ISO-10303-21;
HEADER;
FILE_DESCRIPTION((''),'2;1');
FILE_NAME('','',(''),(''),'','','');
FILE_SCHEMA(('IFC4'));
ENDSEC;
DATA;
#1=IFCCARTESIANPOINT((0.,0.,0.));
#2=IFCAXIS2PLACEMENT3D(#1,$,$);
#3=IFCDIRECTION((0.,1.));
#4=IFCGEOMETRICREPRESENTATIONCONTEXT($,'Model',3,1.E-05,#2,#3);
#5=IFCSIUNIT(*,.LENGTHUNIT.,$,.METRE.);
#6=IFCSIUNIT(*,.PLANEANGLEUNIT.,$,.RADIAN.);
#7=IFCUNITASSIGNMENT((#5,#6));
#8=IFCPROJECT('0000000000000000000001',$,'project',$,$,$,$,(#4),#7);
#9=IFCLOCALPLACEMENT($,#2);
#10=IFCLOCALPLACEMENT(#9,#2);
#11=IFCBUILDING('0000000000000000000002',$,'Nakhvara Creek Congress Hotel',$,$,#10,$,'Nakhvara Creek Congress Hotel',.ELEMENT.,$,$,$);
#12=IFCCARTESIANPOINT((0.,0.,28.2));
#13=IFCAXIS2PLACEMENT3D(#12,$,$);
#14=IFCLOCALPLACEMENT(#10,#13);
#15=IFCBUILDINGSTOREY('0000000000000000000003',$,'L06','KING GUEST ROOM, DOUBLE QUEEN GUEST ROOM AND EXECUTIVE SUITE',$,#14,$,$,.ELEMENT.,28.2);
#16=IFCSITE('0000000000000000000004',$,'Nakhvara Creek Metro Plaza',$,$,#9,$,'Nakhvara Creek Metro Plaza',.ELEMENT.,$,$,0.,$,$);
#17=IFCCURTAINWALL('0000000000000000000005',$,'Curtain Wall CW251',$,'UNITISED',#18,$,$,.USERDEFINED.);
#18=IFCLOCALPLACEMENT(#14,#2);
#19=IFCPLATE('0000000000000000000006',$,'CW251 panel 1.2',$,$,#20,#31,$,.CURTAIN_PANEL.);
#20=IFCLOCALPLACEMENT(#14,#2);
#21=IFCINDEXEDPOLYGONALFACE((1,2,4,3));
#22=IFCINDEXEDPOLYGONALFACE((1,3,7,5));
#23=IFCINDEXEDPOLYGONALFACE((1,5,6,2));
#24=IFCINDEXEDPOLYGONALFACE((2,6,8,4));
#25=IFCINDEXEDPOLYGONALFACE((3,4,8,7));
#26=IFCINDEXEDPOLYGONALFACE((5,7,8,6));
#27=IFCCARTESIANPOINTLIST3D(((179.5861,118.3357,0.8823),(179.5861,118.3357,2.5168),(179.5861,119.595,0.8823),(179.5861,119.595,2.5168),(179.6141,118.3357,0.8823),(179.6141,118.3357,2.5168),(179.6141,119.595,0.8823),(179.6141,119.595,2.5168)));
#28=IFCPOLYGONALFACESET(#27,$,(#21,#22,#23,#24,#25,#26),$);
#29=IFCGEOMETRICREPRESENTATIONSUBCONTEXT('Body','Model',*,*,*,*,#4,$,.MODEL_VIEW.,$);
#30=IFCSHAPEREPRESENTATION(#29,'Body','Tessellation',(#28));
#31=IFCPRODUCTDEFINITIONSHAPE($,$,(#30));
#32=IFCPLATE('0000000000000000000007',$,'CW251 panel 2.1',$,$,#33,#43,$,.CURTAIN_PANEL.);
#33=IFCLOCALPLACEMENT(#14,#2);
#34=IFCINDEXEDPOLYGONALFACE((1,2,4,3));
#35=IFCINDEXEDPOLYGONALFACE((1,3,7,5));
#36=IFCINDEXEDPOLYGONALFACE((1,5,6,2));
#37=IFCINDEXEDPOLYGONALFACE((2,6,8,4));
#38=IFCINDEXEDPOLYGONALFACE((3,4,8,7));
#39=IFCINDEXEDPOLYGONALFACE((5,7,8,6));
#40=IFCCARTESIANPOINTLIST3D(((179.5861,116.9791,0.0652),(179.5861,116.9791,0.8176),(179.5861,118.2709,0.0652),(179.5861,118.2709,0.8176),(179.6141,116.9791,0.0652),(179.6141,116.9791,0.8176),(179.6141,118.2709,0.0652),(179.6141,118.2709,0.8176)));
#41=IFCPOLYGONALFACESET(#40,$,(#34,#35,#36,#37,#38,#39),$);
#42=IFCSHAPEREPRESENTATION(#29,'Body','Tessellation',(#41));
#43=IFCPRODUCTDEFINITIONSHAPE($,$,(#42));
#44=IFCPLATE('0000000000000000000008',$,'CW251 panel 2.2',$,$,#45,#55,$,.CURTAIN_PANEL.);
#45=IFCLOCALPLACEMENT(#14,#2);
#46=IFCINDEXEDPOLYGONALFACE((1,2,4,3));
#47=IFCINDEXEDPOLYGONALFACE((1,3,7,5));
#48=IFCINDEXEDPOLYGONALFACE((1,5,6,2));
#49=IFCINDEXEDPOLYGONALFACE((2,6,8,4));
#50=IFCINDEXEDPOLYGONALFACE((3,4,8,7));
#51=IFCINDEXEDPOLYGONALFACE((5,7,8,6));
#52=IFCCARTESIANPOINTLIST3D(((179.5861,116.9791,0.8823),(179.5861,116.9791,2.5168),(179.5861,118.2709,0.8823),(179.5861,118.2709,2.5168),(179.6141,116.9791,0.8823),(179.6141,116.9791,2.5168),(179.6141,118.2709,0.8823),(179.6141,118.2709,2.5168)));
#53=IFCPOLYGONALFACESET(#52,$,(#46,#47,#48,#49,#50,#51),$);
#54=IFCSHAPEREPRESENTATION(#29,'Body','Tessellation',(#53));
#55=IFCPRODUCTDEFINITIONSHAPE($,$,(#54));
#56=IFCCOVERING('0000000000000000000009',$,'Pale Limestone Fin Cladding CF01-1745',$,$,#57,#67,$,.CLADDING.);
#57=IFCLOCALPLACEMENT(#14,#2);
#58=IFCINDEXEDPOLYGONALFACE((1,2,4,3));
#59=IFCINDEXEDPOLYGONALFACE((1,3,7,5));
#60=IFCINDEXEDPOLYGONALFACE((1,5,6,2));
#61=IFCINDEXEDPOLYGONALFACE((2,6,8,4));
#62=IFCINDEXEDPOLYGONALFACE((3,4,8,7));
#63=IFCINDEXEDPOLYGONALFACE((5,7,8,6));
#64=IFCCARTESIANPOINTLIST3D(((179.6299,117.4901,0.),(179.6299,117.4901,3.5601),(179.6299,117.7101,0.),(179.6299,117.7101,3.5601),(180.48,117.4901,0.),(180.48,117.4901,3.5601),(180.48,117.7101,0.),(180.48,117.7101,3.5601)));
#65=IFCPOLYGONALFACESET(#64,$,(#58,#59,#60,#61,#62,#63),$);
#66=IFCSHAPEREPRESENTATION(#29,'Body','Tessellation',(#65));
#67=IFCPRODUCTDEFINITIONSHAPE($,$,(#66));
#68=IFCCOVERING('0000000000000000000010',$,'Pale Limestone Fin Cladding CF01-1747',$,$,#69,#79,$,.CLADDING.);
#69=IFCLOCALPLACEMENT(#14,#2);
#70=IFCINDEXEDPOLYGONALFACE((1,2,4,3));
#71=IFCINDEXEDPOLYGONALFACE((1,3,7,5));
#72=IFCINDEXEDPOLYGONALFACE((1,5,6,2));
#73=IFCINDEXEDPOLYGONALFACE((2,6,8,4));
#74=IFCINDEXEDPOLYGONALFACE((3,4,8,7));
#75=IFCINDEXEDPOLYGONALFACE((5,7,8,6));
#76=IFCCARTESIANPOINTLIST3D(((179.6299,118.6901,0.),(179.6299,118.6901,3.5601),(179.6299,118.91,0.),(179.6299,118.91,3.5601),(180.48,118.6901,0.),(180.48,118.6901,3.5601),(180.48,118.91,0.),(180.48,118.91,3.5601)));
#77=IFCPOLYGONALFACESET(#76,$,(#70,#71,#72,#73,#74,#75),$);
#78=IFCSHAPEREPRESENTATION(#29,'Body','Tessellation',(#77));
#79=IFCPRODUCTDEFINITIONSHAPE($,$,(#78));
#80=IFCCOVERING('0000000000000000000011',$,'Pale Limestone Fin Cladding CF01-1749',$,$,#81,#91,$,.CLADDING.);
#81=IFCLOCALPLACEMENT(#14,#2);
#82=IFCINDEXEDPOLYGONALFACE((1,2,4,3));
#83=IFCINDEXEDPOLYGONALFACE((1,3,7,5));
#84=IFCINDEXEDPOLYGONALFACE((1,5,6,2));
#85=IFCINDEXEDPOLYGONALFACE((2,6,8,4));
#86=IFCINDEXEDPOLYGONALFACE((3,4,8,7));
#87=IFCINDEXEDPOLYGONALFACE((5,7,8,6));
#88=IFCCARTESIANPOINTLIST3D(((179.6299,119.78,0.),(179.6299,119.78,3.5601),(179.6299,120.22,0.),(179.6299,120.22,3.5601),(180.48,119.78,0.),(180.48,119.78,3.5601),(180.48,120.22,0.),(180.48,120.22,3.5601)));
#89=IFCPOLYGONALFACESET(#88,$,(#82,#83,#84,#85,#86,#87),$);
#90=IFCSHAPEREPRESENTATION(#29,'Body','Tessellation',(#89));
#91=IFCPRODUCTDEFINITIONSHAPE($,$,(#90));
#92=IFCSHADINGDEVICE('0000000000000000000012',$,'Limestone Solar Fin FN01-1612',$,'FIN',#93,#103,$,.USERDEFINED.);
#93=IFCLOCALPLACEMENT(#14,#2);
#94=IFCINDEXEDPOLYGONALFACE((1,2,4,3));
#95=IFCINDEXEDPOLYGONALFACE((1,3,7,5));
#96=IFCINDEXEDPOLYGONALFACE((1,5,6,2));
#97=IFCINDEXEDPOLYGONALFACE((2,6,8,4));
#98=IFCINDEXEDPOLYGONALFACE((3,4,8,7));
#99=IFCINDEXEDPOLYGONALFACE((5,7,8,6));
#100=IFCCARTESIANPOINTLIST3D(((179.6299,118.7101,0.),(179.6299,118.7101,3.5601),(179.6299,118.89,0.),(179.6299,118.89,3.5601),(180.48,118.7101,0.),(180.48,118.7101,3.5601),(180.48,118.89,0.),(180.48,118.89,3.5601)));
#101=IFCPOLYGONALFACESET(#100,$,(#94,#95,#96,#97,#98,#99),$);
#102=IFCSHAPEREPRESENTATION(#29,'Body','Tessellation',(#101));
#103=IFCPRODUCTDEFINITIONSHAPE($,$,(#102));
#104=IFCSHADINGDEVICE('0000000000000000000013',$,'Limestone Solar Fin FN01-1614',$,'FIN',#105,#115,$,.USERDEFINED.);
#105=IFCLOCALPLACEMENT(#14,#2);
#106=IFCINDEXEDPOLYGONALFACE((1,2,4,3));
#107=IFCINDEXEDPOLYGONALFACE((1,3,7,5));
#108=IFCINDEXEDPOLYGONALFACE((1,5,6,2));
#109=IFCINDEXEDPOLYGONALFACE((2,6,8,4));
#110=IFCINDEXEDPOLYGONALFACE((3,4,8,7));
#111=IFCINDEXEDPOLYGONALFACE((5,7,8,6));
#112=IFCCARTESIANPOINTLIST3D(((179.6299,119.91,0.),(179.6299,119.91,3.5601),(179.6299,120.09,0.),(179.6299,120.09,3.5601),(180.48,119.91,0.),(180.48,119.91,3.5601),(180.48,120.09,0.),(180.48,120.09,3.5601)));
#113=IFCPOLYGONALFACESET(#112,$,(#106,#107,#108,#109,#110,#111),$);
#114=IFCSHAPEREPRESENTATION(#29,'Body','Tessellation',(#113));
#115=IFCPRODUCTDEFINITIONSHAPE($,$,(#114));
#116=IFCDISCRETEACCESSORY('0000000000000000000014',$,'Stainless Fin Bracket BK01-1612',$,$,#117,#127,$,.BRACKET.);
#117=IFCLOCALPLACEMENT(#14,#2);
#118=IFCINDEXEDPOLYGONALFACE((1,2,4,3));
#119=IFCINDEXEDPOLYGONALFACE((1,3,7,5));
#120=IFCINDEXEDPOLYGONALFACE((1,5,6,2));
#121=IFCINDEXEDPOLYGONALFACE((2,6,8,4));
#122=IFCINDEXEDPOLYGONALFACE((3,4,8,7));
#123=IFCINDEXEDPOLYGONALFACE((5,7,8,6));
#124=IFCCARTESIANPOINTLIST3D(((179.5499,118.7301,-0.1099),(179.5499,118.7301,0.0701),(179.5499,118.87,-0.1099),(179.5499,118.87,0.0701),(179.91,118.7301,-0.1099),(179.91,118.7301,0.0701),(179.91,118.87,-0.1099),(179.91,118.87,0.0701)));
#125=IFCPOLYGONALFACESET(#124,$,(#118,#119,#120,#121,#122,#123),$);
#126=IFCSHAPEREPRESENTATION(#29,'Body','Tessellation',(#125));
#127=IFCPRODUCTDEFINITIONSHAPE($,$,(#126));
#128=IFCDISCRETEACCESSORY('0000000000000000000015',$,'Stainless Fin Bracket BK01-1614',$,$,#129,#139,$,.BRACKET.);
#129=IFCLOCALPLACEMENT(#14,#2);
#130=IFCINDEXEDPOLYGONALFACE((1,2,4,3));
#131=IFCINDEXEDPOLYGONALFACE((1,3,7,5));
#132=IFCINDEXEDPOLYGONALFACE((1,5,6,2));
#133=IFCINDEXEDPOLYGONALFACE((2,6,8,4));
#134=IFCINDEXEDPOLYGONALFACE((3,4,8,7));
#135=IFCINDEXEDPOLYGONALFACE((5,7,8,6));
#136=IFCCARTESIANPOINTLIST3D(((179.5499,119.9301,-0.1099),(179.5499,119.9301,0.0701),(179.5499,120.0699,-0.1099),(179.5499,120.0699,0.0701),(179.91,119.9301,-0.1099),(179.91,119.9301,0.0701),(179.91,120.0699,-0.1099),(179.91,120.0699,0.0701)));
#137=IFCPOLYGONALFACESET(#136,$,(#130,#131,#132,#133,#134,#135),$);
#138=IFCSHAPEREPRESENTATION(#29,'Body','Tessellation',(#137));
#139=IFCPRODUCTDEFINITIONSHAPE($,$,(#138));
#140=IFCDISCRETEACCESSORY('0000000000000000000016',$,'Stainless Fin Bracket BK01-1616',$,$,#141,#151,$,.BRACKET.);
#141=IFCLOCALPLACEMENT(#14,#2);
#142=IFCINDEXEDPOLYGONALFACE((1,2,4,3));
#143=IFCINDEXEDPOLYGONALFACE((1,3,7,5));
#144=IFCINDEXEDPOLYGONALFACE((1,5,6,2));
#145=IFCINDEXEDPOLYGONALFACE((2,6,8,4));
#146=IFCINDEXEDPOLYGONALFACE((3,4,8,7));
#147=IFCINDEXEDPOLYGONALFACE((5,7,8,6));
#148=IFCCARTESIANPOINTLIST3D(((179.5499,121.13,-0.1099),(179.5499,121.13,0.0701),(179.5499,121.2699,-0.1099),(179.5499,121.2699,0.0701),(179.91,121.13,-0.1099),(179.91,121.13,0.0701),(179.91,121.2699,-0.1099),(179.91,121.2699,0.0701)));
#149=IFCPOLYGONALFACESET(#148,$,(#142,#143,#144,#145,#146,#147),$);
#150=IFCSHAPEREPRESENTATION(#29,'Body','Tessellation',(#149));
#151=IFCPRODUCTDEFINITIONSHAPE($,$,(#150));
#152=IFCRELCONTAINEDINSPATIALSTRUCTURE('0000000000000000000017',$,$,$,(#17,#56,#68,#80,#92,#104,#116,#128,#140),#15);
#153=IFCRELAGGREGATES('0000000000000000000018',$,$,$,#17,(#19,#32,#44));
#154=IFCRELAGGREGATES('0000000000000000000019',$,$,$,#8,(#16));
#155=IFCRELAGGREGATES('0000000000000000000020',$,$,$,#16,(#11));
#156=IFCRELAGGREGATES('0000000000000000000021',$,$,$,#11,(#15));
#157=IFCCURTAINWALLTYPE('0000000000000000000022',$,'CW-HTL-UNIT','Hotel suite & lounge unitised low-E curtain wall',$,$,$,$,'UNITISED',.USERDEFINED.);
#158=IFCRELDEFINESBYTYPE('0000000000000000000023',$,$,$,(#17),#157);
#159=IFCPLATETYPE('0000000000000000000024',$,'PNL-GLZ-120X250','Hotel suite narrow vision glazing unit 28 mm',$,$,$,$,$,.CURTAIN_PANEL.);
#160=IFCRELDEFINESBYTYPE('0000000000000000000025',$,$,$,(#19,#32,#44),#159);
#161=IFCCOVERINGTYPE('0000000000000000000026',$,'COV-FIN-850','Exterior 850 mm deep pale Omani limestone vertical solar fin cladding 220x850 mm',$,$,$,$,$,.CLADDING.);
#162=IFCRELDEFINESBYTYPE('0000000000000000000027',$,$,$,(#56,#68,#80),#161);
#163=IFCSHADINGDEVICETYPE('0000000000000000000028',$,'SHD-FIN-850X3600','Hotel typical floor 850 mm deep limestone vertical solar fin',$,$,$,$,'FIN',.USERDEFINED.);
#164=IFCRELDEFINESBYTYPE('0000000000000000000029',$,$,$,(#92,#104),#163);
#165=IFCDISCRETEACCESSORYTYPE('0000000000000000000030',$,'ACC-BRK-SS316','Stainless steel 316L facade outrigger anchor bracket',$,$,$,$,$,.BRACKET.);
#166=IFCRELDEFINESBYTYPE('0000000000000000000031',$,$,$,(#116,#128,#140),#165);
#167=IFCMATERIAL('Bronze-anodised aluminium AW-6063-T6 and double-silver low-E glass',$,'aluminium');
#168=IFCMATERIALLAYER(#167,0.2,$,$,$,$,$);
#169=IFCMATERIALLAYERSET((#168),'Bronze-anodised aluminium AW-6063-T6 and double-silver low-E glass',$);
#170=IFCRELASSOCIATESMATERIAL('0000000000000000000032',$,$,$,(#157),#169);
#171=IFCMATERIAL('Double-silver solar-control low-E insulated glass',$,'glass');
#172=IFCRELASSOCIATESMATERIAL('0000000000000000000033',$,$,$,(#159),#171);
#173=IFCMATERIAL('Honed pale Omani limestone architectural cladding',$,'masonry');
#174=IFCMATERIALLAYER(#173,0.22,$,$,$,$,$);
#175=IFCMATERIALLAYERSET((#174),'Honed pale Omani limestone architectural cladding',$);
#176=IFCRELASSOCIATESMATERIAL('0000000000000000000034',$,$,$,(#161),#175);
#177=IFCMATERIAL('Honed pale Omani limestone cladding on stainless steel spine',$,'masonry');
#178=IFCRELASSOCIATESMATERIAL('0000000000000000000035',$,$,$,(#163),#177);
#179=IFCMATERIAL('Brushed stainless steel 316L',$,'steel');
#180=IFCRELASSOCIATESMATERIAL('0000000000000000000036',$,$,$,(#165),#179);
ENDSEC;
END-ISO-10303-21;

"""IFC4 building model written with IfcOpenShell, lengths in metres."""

from ifc_helpers import new_model, si_unit, direction, frame, origin, origin_2d, place, context, subcontext, project, spatial, rectangle, extrude, material, layer, layer_set, type_object, element, aggregate, save


model = new_model("IFC4")

# Units and contexts
model_context = context("Model", 3, precision=1e-05, world=origin(), true_north=direction((0.0, 1.0)))
body_context = subcontext(model_context, "Body", "Model", "MODEL_VIEW")
ifc_project = project(units=[si_unit("LENGTHUNIT", "METRE"), si_unit("PLANEANGLEUNIT", "RADIAN")], contexts=[model_context])

# Site, building, storey
site_placement = place(None, origin())
site = spatial("IfcSite", under=ifc_project, at=site_placement, Name="Nakhvara Creek Metro Plaza", LongName="Nakhvara Creek Metro Plaza", CompositionType="ELEMENT", RefElevation=0.0)
building_placement = place(site_placement, origin())
building = spatial("IfcBuilding", under=site, at=building_placement, Name="Nakhvara Creek Congress Hotel", LongName="Nakhvara Creek Congress Hotel", CompositionType="ELEMENT")
storey_placement = place(building_placement, frame((0.0, 0.0, 28.2)))
storey = spatial("IfcBuildingStorey", under=building, at=storey_placement, Name="L06", Description="KING GUEST ROOM, DOUBLE QUEEN GUEST ROOM AND EXECUTIVE SUITE", CompositionType="ELEMENT", Elevation=28.2)

# Curtain wall, plates
ifc_material_1 = material(Name="Bronze-anodised aluminium AW-6063-T6 and double-silver low-E glass", Category="aluminium")
ifc_layer_1 = layer(ifc_material_1, 0.2)
ifc_layer_set_1 = layer_set([ifc_layer_1], Name="Bronze-anodised aluminium AW-6063-T6 and double-silver low-E glass")
curtain_wall_type = type_object("IfcCurtainWallType", Name="CW-HTL-UNIT", Description="Hotel suite & lounge unitised low-E curtain wall", ElementType="UNITISED", PredefinedType="USERDEFINED", material=ifc_layer_set_1)
curtain_wall_placement = place(storey_placement, origin())
curtain_wall = element("IfcCurtainWall", 1, at=curtain_wall_placement, inside=storey, type_object=curtain_wall_type, Name="Curtain Wall CW251", ObjectType="UNITISED", PredefinedType="USERDEFINED")
ifc_material_2 = material(Name="Double-silver solar-control low-E insulated glass", Category="glass")
plate_type = type_object("IfcPlateType", Name="PNL-GLZ-120X250", Description="Hotel suite narrow vision glazing unit 28 mm", PredefinedType="CURTAIN_PANEL", material=ifc_material_2)
plate_1_placement = place(storey_placement, frame((179.6001, 118.9653, 0.8823), z_axis=(0.0, 0.0, 1.0), x_axis=(0.0, -1.0, 0.0)))
plate_1 = element("IfcPlate", 2, at=plate_1_placement, type_object=plate_type, Name="CW251 panel 1.2", PredefinedType="CURTAIN_PANEL", context=body_context, shape_type="SweptSolid", body=[
    extrude(rectangle(XDim=1.2593, YDim=0.0281, at=origin_2d()), origin(), (0.0, 0.0, 1.0), 1.6345),
])
plate_2_placement = place(storey_placement, frame((179.6001, 117.625, 0.0652), z_axis=(0.0, 0.0, 1.0), x_axis=(0.0, -1.0, 0.0)))
plate_2 = element("IfcPlate", 3, at=plate_2_placement, type_object=plate_type, Name="CW251 panel 2.1", PredefinedType="CURTAIN_PANEL", context=body_context, shape_type="SweptSolid", body=[
    extrude(rectangle(XDim=1.2917, YDim=0.0281, at=origin_2d()), origin(), (0.0, 0.0, 1.0), 0.7524),
])
plate_3_placement = place(storey_placement, frame((179.6001, 117.625, 0.8823), z_axis=(0.0, 0.0, 1.0), x_axis=(0.0, -1.0, 0.0)))
plate_3 = element("IfcPlate", 4, at=plate_3_placement, type_object=plate_type, Name="CW251 panel 2.2", PredefinedType="CURTAIN_PANEL", context=body_context, shape_type="SweptSolid", body=[
    extrude(rectangle(XDim=1.2917, YDim=0.0281, at=origin_2d()), origin(), (0.0, 0.0, 1.0), 1.6345),
])
aggregate(curtain_wall, [plate_1, plate_2, plate_3])

# Coverings
ifc_material_3 = material(Name="Honed pale Omani limestone architectural cladding", Category="masonry")
ifc_layer_2 = layer(ifc_material_3, 0.22)
ifc_layer_set_2 = layer_set([ifc_layer_2], Name="Honed pale Omani limestone architectural cladding")
covering_type = type_object("IfcCoveringType", Name="COV-FIN-850", Description="Exterior 850 mm deep pale Omani limestone vertical solar fin cladding 220x850 mm", PredefinedType="CLADDING", material=ifc_layer_set_2)
for number, where, z_axis, x_axis, name in (
    (5, (180.0549, 117.6001, 0.0), (0.0, 0.0, 1.0), (0.0, 1.0, 0.0), "Pale Limestone Fin Cladding CF01-1745"),
    (6, (180.0549, 118.8, 0.0), (0.0, 0.0, 1.0), (0.0, 1.0, 0.0), "Pale Limestone Fin Cladding CF01-1747"),
):
    element("IfcCovering", number, at=place(storey_placement, frame(where, z_axis=z_axis, x_axis=x_axis)), inside=storey, type_object=covering_type, Name=name, PredefinedType="CLADDING", context=body_context, shape_type="SweptSolid", body=[
        extrude(rectangle(XDim=0.22, YDim=0.8501, at=origin_2d()), origin(), (0.0, 0.0, 1.0), 3.5601),
    ])
covering_placement = place(storey_placement, frame((180.0549, 120.0, 0.0), z_axis=(0.0, 0.0, 1.0), x_axis=(0.0, 1.0, 0.0)))
element("IfcCovering", 7, at=covering_placement, inside=storey, type_object=covering_type, Name="Pale Limestone Fin Cladding CF01-1749", PredefinedType="CLADDING", context=body_context, shape_type="SweptSolid", body=[
    extrude(rectangle(XDim=0.4399, YDim=0.8501, at=origin_2d()), origin(), (0.0, 0.0, 1.0), 3.5601),
])

# Shading devices
ifc_material_4 = material(Name="Honed pale Omani limestone cladding on stainless steel spine", Category="masonry")
shading_device_type = type_object("IfcShadingDeviceType", Name="SHD-FIN-850X3600", Description="Hotel typical floor 850 mm deep limestone vertical solar fin", ElementType="FIN", PredefinedType="USERDEFINED", material=ifc_material_4)
for number, where, z_axis, x_axis, name in (
    (8, (180.0549, 118.8, 0.0), (0.0, 0.0, 1.0), (0.0, 1.0, 0.0), "Limestone Solar Fin FN01-1612"),
    (9, (180.0549, 120.0, 0.0), (0.0, 0.0, 1.0), (0.0, 1.0, 0.0), "Limestone Solar Fin FN01-1614"),
):
    element("IfcShadingDevice", number, at=place(storey_placement, frame(where, z_axis=z_axis, x_axis=x_axis)), inside=storey, type_object=shading_device_type, Name=name, ObjectType="FIN", PredefinedType="USERDEFINED", context=body_context, shape_type="SweptSolid", body=[
        extrude(rectangle(XDim=0.1799, YDim=0.8501, at=origin_2d()), origin(), (0.0, 0.0, 1.0), 3.5601),
    ])

# Discrete accessories
ifc_material_5 = material(Name="Brushed stainless steel 316L", Category="steel")
discrete_accessory_type = type_object("IfcDiscreteAccessoryType", Name="ACC-BRK-SS316", Description="Stainless steel 316L facade outrigger anchor bracket", PredefinedType="BRACKET", material=ifc_material_5)
for number, where, z_axis, x_axis, name in (
    (10, (179.73, 118.8, -0.1099), (0.0, 0.0, 1.0), (0.0, 1.0, 0.0), "Stainless Fin Bracket BK01-1612"),
    (11, (179.73, 120.0, -0.1099), (0.0, 0.0, 1.0), (0.0, 1.0, 0.0), "Stainless Fin Bracket BK01-1614"),
    (12, (179.73, 121.2, -0.1099), (0.0, 0.0, 1.0), (0.0, 1.0, 0.0), "Stainless Fin Bracket BK01-1616"),
):
    element("IfcDiscreteAccessory", number, at=place(storey_placement, frame(where, z_axis=z_axis, x_axis=x_axis)), inside=storey, type_object=discrete_accessory_type, Name=name, PredefinedType="BRACKET", context=body_context, shape_type="SweptSolid", body=[
        extrude(rectangle(XDim=0.1399, YDim=0.3601, at=origin_2d()), origin(), (0.0, 0.0, 1.0), 0.1799),
    ])

save(model, "model.ifc")
